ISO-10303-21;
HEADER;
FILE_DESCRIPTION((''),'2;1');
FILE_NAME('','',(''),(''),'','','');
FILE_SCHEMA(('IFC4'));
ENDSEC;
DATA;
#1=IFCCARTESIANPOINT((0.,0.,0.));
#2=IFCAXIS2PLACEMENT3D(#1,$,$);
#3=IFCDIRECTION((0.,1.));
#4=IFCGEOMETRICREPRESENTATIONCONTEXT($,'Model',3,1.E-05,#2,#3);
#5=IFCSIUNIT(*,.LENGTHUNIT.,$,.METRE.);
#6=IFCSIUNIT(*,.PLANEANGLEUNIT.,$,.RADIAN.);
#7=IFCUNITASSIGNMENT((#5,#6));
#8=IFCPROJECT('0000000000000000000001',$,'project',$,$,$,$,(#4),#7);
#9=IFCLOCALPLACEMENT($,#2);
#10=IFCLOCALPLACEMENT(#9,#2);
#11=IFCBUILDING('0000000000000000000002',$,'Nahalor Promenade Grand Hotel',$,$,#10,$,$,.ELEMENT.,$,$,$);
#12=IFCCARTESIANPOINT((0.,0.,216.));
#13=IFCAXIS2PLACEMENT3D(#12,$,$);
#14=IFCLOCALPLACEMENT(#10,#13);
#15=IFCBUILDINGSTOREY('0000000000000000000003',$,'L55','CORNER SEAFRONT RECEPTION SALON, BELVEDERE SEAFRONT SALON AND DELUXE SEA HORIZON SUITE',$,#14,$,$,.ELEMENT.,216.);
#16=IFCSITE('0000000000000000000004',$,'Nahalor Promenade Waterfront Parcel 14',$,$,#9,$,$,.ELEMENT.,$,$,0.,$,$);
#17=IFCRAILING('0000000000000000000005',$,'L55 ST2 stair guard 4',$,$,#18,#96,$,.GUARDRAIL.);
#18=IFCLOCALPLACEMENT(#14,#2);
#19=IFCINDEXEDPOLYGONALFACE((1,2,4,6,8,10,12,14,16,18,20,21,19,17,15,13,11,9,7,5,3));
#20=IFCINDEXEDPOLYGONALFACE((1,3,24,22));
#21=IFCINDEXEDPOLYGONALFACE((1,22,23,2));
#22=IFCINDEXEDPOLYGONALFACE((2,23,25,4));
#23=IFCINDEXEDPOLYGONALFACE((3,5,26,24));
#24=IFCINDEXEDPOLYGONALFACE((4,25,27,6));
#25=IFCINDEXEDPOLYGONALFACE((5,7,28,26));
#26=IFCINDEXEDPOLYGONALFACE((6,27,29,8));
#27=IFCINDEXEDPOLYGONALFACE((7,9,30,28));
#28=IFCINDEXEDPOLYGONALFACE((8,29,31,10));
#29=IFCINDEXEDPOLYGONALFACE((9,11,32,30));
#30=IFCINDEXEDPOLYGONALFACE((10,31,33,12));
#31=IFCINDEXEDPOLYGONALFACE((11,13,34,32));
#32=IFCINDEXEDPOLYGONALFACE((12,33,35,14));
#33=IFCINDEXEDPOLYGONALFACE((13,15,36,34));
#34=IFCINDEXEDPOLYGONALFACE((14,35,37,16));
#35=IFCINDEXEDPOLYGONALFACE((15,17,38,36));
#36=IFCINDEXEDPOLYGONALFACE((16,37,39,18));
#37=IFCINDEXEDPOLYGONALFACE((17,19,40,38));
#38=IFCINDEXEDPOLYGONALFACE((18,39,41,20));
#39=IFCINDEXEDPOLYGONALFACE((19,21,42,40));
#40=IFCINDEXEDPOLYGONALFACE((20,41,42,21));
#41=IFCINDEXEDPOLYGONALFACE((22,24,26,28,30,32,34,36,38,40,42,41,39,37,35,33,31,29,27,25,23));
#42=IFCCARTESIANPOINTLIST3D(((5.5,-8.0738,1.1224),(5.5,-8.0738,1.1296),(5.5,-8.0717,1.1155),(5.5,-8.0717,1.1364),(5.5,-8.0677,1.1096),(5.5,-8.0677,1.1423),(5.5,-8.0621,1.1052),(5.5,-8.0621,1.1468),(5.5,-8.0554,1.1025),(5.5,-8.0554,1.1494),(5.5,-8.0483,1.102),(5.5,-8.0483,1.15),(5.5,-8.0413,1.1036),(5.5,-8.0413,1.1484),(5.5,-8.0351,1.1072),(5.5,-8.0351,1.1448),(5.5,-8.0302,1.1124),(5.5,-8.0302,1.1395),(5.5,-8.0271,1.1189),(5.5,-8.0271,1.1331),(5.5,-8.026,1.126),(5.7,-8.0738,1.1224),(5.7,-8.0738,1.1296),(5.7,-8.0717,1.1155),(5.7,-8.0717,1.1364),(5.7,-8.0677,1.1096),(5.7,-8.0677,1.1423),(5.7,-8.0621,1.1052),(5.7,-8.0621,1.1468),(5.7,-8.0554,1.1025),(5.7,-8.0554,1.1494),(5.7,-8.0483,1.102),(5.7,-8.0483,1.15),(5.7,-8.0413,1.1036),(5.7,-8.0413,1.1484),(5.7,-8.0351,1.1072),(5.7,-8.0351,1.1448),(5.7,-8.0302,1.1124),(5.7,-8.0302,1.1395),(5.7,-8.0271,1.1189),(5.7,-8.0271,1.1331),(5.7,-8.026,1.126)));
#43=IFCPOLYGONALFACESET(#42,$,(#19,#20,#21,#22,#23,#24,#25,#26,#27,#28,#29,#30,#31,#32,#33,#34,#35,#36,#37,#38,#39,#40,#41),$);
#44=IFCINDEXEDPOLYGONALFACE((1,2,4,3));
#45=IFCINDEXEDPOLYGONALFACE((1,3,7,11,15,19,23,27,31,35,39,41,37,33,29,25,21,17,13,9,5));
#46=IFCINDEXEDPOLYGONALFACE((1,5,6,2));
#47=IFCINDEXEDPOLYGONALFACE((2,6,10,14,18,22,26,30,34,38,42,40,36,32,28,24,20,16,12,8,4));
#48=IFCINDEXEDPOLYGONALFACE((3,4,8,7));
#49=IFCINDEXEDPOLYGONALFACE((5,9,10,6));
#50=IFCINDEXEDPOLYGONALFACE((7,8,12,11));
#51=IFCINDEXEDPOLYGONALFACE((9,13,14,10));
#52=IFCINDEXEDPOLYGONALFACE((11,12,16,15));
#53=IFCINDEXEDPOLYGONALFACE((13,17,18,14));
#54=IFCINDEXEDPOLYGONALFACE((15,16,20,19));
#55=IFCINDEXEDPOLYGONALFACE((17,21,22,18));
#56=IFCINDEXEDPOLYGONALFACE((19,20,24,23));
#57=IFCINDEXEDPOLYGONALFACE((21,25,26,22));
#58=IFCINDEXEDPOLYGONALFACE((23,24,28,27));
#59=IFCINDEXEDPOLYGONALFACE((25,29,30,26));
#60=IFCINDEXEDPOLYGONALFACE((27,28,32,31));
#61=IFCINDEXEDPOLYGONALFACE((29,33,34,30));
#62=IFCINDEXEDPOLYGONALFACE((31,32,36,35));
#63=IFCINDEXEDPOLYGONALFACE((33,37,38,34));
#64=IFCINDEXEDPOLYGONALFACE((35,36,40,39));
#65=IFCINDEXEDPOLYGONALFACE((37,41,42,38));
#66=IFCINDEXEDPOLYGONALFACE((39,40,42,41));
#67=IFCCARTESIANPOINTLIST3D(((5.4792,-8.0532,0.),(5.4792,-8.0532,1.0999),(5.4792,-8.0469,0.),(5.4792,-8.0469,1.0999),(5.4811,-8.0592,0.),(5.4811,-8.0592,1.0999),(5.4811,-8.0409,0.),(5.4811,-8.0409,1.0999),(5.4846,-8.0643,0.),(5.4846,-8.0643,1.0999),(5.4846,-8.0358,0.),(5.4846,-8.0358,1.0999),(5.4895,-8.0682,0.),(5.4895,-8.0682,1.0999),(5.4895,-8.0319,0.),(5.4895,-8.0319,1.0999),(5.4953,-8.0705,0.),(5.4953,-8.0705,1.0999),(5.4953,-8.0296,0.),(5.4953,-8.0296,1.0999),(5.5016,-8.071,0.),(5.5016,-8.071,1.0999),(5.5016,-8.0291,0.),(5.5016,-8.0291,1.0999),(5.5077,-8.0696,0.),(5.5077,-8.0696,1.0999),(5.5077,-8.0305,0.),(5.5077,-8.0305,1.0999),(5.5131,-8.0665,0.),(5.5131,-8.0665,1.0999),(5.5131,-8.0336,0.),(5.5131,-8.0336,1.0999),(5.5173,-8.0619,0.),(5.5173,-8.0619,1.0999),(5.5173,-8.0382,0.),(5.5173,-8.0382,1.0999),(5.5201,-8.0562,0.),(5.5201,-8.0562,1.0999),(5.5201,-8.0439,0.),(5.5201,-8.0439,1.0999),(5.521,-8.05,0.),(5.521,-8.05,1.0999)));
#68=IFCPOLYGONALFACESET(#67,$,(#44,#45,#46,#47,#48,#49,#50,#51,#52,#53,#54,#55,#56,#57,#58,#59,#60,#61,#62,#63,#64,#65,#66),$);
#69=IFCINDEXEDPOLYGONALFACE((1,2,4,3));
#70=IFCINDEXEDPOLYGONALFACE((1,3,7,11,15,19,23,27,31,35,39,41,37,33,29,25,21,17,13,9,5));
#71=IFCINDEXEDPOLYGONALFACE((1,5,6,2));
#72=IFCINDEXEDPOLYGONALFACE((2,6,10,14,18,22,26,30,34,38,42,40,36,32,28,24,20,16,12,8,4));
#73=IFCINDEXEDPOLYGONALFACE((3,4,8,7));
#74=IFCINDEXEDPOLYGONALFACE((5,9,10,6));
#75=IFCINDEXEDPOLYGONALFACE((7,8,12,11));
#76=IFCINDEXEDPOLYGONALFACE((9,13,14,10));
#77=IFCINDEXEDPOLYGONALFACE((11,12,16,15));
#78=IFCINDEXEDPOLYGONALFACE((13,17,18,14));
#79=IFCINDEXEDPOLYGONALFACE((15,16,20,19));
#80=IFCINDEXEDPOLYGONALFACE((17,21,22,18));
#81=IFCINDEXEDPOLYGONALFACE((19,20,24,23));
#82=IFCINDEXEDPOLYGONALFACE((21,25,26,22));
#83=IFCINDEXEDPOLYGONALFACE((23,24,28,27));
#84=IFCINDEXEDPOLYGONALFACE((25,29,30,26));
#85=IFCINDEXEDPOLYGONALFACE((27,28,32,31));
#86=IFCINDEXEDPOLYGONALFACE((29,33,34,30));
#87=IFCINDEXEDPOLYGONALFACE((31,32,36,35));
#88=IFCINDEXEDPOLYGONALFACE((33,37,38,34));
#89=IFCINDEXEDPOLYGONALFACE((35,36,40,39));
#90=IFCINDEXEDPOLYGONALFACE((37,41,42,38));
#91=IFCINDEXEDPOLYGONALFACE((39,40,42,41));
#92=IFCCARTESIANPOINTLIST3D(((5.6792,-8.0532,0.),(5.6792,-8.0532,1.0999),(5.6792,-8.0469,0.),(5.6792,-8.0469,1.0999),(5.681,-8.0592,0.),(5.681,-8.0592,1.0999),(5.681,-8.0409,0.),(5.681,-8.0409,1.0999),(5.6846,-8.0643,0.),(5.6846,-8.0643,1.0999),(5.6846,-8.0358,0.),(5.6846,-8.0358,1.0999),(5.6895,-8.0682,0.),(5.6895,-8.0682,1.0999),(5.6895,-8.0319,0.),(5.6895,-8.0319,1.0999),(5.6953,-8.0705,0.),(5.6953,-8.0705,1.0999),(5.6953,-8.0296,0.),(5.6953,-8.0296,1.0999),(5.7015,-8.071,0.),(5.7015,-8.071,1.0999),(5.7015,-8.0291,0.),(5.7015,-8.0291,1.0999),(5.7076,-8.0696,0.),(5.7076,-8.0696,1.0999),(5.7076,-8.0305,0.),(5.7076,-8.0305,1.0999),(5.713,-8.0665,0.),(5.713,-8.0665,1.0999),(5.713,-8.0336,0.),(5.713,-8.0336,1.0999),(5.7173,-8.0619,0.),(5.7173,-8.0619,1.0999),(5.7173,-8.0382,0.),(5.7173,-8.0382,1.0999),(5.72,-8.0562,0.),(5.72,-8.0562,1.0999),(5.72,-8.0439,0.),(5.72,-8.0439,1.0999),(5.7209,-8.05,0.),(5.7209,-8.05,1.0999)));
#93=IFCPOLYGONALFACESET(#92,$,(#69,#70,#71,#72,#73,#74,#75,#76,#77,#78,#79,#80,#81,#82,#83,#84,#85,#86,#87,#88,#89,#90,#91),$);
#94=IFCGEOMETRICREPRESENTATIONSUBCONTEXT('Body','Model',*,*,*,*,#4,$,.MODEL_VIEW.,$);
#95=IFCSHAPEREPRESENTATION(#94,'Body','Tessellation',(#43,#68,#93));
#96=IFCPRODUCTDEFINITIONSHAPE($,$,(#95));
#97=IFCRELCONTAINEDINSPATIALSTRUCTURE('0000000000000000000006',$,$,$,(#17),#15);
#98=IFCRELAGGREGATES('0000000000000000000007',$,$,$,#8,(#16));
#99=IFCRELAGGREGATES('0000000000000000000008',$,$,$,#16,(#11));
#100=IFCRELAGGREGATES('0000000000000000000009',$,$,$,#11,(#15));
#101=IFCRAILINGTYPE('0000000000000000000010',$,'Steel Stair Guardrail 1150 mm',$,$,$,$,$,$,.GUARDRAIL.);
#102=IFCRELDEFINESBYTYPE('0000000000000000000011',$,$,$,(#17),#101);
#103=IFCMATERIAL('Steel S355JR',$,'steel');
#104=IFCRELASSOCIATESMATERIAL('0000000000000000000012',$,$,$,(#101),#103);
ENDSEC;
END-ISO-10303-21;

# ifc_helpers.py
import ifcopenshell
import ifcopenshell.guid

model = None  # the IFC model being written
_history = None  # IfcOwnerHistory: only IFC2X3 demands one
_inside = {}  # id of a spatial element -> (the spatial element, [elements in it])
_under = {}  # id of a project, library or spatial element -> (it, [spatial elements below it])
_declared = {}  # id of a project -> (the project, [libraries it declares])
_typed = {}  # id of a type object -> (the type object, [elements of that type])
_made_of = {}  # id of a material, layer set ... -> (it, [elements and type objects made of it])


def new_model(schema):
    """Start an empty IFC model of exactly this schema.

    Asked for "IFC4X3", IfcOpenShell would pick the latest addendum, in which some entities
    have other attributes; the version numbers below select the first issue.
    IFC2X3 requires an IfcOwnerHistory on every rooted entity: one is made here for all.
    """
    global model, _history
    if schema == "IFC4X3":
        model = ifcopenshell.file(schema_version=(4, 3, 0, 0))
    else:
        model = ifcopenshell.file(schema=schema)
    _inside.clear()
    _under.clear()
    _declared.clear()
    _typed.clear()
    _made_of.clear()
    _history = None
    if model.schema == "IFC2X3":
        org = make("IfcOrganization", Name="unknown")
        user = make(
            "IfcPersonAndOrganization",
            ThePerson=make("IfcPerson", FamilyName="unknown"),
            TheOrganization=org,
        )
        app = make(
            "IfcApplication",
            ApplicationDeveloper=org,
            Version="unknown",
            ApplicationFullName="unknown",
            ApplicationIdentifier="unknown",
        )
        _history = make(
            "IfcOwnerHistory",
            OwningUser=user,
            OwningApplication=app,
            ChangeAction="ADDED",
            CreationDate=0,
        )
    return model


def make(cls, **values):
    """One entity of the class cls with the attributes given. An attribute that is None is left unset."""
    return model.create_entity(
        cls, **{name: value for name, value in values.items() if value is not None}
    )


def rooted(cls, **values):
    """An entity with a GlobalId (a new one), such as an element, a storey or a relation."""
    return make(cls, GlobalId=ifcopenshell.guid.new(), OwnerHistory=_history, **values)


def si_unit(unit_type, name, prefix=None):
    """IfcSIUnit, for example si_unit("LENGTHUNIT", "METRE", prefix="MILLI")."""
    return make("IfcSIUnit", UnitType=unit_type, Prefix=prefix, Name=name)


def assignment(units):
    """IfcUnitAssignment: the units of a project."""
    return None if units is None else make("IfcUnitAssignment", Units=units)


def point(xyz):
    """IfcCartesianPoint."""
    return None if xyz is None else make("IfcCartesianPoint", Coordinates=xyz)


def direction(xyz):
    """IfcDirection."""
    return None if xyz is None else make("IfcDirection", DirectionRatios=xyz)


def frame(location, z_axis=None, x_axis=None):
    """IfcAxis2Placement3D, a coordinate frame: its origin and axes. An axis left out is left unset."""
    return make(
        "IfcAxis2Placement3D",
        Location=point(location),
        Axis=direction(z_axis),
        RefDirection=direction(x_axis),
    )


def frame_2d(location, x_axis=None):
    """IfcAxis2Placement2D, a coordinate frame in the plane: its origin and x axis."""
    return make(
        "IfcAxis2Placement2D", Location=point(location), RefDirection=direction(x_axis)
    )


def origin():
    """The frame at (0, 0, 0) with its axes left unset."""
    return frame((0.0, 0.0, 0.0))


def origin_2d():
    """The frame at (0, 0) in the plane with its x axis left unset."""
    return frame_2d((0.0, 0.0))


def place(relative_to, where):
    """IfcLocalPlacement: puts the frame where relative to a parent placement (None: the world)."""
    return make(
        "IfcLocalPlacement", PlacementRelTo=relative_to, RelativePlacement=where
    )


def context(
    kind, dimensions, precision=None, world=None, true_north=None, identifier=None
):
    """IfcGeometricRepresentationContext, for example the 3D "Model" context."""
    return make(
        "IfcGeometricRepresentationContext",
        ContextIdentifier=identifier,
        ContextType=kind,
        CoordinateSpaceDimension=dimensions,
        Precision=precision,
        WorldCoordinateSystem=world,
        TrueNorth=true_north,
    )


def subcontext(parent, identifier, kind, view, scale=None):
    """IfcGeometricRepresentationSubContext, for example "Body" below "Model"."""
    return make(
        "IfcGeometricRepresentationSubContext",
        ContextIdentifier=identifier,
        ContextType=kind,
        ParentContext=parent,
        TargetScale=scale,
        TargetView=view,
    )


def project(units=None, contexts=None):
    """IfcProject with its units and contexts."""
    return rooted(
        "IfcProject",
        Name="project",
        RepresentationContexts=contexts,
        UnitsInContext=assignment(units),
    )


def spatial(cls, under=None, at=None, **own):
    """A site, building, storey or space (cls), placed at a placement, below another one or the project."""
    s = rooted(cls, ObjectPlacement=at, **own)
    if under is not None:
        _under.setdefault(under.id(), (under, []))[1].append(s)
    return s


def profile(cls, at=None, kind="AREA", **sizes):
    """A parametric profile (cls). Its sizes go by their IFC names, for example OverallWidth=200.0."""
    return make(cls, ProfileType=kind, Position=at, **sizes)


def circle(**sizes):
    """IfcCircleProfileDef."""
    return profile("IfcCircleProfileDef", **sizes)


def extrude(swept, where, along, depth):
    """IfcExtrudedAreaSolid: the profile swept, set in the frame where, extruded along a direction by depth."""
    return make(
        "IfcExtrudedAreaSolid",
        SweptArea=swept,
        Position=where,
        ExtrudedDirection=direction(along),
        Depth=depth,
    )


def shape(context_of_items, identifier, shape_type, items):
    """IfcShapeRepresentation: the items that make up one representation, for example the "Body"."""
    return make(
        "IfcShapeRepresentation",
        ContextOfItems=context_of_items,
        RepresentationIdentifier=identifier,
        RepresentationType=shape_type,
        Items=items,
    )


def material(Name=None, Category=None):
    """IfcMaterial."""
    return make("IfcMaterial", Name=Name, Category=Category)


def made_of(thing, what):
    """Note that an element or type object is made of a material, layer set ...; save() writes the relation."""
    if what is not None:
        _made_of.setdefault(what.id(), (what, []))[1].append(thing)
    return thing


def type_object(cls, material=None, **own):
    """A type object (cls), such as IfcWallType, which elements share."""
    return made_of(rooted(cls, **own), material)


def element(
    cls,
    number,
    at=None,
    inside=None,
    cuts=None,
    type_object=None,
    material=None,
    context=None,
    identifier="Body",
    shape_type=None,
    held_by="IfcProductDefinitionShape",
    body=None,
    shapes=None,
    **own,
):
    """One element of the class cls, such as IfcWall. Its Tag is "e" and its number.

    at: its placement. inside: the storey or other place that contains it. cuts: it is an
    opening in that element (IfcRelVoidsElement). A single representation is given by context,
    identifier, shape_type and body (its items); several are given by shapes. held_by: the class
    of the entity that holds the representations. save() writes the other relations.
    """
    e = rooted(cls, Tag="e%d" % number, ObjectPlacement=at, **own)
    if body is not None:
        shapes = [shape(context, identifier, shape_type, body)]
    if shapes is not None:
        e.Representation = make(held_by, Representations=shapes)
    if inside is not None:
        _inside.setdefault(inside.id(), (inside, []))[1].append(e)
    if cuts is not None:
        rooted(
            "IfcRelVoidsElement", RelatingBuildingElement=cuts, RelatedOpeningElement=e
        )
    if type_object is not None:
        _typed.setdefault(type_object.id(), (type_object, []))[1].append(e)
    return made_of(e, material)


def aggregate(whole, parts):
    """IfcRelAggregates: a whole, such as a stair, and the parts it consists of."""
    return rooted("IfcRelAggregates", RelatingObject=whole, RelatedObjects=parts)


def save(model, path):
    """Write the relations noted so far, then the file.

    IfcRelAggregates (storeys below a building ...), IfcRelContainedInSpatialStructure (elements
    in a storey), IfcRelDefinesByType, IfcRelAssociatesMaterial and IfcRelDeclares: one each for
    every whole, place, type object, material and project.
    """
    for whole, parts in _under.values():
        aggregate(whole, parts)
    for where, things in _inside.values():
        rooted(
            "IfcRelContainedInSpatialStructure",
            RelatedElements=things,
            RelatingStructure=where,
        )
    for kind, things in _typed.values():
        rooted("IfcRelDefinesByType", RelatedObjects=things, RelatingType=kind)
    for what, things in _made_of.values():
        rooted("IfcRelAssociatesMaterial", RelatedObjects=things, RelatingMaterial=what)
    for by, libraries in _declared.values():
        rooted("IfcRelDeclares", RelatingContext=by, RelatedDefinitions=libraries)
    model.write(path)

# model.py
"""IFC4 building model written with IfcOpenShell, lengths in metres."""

from ifc_helpers import new_model, si_unit, direction, frame, origin, origin_2d, place, context, subcontext, project, spatial, circle, extrude, material, type_object, element, save


model = new_model("IFC4")

# Units and contexts
model_context = context("Model", 3, precision=1e-05, world=origin(), true_north=direction((0.0, 1.0)))
body_context = subcontext(model_context, "Body", "Model", "MODEL_VIEW")
ifc_project = project(units=[si_unit("LENGTHUNIT", "METRE"), si_unit("PLANEANGLEUNIT", "RADIAN")], contexts=[model_context])

# Site, building, storey
site_placement = place(None, origin())
site = spatial("IfcSite", under=ifc_project, at=site_placement, Name="Nahalor Promenade Waterfront Parcel 14", CompositionType="ELEMENT", RefElevation=0.0)
building_placement = place(site_placement, origin())
building = spatial("IfcBuilding", under=site, at=building_placement, Name="Nahalor Promenade Grand Hotel", CompositionType="ELEMENT")
storey_placement = place(building_placement, frame((0.0, 0.0, 216.0)))
storey = spatial("IfcBuildingStorey", under=building, at=storey_placement, Name="L55", Description="CORNER SEAFRONT RECEPTION SALON, BELVEDERE SEAFRONT SALON AND DELUXE SEA HORIZON SUITE", CompositionType="ELEMENT", Elevation=216.0)

# Shared definitions
ifc_material_1 = material(Name="Steel S355JR", Category="steel")

# Railing
railing_type_1 = type_object("IfcRailingType", Name="Steel Stair Guardrail 1150 mm", PredefinedType="GUARDRAIL", material=ifc_material_1)
railing_1_placement = place(storey_placement, frame((5.5, -8.05, 0.0)))
element("IfcRailing", 1, at=railing_1_placement, inside=storey, type_object=railing_type_1, Name="L55 ST2 stair guard 4", PredefinedType="GUARDRAIL", context=body_context, shape_type="SweptSolid", body=[
    extrude(circle(Radius=0.024, at=origin_2d()), frame((0.0, 0.0, 1.126), z_axis=(1.0, 0.0, 0.0), x_axis=(0.0, 1.0, 0.0)), (0.0, 0.0, 1.0), 0.2),
    extrude(circle(Radius=0.021, at=origin_2d()), origin(), (0.0, 0.0, 1.0), 1.0999),
    extrude(circle(Radius=0.021, at=origin_2d()), frame((0.2, 0.0, 0.0)), (0.0, 0.0, 1.0), 1.0999),
])

save(model, "model.ifc")
